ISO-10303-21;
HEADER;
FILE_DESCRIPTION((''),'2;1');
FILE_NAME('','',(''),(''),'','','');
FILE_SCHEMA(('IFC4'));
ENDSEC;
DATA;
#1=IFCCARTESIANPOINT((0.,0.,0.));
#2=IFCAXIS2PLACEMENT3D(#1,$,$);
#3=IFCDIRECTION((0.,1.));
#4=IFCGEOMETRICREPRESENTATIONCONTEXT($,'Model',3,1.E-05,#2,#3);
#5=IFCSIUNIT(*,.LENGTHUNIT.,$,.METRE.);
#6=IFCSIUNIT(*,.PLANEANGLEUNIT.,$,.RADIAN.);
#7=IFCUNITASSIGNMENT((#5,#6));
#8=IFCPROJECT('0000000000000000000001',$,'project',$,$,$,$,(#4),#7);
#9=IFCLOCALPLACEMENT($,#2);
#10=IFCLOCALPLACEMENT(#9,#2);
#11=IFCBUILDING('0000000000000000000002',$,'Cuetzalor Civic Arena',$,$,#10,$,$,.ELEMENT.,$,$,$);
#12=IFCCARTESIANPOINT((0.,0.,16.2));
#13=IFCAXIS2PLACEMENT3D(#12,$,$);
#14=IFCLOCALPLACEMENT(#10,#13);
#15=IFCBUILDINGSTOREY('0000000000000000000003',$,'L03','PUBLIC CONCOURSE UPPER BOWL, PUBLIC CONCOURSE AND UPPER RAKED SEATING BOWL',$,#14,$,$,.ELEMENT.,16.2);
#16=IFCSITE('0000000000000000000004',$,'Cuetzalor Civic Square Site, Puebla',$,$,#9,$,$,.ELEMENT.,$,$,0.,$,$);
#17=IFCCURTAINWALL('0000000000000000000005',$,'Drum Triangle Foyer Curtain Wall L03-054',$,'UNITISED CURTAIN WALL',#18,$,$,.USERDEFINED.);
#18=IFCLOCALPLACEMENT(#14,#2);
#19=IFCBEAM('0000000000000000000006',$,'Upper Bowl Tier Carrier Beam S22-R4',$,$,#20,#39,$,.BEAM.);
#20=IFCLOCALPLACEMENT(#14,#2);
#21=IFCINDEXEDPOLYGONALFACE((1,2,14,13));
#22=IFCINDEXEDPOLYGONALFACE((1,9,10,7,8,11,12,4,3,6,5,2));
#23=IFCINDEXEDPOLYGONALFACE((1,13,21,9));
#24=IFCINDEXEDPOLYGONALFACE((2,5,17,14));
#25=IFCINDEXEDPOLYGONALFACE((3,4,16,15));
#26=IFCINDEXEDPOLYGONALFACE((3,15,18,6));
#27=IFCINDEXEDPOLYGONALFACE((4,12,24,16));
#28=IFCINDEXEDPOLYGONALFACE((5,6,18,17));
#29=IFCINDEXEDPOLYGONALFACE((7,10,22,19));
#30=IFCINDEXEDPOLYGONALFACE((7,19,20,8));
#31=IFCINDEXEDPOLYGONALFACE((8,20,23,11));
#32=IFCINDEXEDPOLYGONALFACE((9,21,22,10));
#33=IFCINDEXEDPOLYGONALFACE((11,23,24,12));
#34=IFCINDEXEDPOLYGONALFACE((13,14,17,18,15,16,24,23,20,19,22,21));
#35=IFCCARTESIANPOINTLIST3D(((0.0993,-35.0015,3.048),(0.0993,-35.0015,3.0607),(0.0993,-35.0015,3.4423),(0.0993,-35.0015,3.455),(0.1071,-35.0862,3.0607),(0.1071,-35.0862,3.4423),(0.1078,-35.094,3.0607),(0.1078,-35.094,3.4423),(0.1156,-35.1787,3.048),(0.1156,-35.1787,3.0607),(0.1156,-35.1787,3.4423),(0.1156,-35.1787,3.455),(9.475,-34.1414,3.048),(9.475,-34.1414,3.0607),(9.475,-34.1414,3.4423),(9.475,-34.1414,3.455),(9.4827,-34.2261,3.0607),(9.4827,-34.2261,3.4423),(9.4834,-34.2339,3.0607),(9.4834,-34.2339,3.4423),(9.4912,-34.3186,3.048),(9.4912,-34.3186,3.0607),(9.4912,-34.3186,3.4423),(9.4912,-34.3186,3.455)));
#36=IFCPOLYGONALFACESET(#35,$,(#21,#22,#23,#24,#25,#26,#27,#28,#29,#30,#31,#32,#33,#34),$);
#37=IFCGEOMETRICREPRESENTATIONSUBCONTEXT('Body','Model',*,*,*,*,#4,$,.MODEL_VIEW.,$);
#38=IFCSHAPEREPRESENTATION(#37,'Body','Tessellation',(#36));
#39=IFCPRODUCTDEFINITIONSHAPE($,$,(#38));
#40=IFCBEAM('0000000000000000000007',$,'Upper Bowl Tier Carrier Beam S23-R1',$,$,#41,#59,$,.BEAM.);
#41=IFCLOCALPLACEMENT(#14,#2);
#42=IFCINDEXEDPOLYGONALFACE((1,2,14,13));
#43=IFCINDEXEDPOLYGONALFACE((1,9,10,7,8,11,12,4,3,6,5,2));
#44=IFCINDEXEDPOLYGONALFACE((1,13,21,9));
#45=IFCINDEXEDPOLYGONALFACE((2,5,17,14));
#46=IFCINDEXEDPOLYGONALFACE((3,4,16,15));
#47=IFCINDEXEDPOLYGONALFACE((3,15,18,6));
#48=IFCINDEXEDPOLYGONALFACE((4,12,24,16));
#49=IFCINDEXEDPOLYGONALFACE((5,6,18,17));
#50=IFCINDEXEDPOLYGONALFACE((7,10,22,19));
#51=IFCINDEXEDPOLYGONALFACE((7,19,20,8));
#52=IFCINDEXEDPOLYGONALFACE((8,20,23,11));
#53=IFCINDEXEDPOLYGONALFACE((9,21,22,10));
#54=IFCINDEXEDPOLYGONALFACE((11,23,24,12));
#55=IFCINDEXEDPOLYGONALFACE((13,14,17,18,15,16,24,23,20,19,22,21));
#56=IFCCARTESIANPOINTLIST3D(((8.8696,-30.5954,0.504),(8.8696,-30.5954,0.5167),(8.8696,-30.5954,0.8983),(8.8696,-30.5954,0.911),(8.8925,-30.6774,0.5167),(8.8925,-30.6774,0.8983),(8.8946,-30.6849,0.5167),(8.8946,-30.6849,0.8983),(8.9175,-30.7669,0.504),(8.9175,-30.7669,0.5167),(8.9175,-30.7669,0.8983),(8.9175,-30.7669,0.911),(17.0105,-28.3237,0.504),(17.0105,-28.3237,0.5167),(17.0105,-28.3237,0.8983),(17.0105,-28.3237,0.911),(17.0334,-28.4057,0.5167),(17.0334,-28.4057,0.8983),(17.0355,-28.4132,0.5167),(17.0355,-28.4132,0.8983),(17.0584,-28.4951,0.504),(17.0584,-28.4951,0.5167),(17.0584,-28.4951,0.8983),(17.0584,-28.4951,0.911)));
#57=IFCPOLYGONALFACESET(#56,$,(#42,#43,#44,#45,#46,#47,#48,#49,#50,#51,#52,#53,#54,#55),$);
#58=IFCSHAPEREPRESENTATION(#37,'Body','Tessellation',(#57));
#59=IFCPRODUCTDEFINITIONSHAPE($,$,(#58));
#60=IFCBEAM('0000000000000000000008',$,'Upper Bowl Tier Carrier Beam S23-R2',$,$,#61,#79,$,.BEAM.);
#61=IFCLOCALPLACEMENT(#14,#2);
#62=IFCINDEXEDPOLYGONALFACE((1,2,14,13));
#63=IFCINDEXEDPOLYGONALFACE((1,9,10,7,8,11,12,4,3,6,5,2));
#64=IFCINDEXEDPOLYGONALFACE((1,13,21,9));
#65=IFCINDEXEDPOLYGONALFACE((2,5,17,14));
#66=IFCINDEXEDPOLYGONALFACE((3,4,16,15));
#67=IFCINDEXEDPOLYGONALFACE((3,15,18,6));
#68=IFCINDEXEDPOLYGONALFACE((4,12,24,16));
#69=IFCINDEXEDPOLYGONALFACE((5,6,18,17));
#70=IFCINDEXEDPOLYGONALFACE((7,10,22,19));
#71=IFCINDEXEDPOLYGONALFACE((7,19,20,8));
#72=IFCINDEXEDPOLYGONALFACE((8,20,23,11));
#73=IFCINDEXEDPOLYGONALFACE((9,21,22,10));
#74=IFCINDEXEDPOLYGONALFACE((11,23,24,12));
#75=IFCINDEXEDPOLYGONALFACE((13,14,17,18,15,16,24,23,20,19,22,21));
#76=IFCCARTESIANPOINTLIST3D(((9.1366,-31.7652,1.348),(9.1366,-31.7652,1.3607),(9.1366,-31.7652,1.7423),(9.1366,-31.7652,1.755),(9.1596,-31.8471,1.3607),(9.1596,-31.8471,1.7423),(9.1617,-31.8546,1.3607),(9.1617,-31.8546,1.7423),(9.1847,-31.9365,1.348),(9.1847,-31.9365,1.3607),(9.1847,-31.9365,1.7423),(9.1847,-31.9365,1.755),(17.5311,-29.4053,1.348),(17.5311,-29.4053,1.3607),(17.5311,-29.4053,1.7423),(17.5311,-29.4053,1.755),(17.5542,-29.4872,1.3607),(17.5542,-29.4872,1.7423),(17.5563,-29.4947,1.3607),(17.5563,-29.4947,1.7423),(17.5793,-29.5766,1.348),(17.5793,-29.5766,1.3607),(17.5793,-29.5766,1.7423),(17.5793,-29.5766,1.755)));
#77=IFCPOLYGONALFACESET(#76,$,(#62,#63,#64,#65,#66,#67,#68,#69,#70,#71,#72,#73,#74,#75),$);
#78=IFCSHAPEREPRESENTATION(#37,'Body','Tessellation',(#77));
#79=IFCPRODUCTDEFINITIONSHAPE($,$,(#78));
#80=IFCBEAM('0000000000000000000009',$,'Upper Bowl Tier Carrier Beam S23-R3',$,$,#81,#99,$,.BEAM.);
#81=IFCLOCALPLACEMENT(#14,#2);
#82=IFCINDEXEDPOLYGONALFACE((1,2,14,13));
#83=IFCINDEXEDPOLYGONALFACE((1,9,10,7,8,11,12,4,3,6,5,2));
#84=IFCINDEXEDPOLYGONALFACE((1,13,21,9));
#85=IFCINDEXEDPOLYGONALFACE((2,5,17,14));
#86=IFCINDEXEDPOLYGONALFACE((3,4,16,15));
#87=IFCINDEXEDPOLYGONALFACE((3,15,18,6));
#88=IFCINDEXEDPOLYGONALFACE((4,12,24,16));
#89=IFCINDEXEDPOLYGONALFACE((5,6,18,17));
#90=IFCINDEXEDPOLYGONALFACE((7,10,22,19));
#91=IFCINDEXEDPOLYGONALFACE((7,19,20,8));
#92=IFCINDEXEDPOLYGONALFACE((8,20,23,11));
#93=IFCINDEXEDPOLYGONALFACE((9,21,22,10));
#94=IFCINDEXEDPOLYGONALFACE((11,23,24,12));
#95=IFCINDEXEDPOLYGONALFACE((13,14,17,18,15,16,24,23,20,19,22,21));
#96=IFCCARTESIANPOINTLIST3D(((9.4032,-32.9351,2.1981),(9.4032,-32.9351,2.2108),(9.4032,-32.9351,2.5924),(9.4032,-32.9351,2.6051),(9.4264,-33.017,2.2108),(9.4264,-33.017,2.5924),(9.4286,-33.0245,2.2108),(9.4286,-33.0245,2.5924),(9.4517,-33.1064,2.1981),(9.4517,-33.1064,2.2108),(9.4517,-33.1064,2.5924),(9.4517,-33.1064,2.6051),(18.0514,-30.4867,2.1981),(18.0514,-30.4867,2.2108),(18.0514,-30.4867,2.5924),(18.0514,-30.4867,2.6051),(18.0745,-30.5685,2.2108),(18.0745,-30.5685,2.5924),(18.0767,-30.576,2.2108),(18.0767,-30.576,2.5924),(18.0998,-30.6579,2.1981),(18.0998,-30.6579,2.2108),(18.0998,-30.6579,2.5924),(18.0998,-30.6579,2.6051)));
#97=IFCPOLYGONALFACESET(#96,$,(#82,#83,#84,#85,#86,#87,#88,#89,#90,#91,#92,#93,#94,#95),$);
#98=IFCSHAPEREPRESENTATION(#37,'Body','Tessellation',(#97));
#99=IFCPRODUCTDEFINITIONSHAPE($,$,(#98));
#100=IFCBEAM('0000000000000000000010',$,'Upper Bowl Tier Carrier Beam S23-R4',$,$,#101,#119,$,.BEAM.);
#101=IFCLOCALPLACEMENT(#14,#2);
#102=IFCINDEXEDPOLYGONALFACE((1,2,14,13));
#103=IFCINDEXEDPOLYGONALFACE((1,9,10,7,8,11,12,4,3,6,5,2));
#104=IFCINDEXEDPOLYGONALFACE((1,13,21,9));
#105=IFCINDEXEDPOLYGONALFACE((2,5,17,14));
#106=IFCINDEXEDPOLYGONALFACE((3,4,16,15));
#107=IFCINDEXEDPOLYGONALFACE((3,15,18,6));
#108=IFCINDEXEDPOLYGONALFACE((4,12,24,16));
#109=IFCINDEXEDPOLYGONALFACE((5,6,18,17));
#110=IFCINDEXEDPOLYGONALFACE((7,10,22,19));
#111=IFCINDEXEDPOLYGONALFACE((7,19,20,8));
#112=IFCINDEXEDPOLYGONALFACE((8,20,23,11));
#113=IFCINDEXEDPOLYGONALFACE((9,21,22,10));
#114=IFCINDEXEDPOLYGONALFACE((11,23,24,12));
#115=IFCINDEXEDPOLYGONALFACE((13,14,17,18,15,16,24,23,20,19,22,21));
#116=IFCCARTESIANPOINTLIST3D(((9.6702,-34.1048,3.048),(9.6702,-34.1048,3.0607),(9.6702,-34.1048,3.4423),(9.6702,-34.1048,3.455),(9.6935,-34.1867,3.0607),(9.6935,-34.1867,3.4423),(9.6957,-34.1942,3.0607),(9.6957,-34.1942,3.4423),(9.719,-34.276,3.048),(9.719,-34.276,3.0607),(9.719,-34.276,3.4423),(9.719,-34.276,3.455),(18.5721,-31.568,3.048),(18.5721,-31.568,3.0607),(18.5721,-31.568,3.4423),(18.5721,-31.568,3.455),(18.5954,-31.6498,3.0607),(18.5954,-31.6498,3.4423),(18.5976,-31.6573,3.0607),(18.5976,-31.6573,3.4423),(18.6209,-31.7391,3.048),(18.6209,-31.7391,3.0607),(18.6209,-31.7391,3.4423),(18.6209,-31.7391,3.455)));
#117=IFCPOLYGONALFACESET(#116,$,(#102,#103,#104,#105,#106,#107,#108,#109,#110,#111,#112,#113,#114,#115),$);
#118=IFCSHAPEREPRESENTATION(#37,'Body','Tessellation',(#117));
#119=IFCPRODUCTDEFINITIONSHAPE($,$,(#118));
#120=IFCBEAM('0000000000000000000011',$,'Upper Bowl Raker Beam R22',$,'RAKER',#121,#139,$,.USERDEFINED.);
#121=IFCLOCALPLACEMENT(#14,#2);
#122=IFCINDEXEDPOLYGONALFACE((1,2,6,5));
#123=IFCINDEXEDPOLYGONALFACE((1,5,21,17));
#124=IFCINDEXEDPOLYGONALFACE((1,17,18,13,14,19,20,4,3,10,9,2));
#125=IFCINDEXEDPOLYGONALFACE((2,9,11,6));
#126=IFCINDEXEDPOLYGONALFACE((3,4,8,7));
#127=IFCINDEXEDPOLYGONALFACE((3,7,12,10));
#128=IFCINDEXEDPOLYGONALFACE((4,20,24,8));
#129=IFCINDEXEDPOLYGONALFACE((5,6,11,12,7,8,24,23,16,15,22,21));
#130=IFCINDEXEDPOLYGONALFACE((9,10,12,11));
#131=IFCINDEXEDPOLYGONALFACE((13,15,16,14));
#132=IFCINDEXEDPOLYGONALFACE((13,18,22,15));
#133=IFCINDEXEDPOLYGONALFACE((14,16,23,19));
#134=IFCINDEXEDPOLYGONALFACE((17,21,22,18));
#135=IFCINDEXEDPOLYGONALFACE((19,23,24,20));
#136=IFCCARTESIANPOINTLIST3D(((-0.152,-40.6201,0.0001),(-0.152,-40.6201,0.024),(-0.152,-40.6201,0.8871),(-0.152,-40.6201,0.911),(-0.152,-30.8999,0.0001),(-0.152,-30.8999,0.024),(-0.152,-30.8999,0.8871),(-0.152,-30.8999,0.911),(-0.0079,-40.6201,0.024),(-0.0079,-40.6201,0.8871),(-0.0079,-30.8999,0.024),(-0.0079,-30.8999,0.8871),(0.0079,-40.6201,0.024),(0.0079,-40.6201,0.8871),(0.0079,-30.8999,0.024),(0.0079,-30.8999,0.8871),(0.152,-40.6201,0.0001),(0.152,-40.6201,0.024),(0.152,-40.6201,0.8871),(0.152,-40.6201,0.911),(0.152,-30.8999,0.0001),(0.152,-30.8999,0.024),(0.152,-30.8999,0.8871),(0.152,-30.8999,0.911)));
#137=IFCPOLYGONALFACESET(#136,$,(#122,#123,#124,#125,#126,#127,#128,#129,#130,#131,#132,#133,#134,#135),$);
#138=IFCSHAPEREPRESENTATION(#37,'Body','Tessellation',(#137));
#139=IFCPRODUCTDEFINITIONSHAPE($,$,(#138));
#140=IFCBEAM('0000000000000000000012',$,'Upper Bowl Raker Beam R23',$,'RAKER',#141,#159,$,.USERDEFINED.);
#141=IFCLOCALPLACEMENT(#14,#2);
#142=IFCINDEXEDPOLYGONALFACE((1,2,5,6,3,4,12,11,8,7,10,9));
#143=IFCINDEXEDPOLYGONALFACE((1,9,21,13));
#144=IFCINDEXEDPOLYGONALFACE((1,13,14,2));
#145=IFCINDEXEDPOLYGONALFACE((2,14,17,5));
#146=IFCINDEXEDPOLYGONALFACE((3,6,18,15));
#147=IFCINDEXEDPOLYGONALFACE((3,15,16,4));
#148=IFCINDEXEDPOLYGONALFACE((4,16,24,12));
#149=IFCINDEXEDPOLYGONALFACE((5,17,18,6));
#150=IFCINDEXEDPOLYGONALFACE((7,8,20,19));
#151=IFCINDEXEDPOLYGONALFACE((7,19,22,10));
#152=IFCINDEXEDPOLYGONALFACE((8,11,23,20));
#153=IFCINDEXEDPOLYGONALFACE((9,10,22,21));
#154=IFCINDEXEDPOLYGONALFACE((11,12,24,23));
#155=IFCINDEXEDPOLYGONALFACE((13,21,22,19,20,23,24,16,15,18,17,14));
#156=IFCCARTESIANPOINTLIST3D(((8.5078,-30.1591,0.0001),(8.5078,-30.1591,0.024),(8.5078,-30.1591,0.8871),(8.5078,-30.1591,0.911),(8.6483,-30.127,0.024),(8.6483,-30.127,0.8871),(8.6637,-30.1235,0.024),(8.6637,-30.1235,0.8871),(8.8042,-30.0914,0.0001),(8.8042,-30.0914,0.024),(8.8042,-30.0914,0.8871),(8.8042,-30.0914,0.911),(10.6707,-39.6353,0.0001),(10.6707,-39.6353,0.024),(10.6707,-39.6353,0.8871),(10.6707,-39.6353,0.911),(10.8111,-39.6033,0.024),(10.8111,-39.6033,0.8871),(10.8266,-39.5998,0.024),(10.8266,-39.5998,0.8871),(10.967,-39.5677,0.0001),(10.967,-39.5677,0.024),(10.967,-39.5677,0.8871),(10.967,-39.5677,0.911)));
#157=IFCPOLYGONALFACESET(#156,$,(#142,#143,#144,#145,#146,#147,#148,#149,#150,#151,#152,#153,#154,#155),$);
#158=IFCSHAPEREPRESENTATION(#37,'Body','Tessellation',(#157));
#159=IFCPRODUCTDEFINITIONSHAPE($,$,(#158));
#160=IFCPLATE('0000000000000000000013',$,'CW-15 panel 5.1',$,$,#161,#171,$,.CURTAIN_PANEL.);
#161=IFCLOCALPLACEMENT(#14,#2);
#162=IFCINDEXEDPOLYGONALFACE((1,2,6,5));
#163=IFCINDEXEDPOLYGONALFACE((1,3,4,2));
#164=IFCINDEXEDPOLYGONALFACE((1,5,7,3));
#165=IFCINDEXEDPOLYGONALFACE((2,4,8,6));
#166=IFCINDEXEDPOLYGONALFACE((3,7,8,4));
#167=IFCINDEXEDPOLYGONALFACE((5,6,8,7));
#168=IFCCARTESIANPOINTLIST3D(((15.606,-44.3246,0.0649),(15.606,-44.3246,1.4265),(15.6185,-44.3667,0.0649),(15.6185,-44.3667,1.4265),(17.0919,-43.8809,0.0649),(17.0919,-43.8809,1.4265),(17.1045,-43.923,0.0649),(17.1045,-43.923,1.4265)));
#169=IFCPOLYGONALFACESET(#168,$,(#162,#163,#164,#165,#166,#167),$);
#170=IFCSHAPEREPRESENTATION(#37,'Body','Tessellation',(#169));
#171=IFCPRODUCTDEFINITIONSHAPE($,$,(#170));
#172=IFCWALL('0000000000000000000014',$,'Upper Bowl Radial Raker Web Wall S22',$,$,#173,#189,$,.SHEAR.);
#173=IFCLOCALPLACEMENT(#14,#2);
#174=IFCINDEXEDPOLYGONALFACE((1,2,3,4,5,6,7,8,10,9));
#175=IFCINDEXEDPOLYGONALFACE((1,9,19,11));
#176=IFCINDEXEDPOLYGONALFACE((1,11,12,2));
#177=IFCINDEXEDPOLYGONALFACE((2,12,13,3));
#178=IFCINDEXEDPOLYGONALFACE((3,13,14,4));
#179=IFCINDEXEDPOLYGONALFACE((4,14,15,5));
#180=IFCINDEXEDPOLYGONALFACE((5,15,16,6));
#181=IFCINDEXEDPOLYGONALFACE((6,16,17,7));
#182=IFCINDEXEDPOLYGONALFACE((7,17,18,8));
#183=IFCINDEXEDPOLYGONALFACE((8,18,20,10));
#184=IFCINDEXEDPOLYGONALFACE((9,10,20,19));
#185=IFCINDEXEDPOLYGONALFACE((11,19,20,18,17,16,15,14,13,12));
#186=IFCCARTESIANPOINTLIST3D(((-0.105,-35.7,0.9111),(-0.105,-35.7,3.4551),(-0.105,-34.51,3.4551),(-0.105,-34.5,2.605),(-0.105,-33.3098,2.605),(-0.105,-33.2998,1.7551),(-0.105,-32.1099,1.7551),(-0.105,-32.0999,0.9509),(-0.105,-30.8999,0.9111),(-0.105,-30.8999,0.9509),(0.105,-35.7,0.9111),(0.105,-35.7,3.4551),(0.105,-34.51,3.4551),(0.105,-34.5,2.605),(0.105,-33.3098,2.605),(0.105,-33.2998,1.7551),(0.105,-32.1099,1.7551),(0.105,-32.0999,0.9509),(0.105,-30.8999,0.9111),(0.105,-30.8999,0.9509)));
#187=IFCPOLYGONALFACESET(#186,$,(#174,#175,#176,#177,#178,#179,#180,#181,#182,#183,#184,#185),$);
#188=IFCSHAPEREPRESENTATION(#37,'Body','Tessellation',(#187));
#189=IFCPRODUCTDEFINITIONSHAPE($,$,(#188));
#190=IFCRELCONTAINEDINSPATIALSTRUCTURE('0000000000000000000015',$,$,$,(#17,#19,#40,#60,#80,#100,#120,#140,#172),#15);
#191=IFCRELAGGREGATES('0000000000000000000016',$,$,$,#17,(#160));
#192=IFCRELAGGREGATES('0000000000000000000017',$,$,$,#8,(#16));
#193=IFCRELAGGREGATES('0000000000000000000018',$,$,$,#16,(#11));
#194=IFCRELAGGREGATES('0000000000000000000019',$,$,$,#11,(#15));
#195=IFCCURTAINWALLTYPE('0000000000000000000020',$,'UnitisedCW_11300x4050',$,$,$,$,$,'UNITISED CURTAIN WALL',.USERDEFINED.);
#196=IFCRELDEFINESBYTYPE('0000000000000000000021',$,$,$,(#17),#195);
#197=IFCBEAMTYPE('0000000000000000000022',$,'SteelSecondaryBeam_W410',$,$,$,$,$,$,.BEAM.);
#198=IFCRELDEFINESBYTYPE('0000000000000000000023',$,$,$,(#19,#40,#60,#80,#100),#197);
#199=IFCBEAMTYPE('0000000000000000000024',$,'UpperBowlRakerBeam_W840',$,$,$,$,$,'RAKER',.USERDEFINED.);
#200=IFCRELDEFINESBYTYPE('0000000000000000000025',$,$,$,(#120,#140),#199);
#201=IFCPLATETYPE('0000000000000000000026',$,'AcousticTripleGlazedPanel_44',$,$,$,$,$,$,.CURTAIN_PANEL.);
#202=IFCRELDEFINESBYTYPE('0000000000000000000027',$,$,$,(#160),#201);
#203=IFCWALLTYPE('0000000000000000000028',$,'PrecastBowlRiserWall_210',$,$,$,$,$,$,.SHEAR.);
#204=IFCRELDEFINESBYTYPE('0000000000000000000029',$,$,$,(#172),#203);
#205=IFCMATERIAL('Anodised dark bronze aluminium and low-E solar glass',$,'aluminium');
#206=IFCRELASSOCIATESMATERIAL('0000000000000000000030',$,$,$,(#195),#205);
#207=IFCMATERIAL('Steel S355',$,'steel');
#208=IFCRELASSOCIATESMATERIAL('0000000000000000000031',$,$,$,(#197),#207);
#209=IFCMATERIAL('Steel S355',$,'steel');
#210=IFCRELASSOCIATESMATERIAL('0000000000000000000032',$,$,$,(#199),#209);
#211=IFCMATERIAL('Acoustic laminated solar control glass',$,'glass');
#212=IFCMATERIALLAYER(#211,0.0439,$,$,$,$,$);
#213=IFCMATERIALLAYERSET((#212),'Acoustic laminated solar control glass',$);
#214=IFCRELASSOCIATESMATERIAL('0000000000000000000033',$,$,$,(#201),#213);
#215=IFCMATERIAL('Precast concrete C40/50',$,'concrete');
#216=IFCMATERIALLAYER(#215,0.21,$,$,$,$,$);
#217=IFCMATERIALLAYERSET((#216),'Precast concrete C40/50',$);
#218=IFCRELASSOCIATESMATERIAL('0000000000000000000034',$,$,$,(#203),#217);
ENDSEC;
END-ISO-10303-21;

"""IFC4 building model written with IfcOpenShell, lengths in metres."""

from ifc_helpers import new_model, si_unit, direction, frame, origin, origin_2d, place, context, subcontext, project, spatial, polyline, rectangle, i_section, outline, extrude, material, layer, layer_set, material_profile, profile_set, type_object, element, aggregate, save


model = new_model("IFC4")

# Units and contexts
model_context = context("Model", 3, precision=1e-05, world=origin(), true_north=direction((0.0, 1.0)))
body_context = subcontext(model_context, "Body", "Model", "MODEL_VIEW")
ifc_project = project(units=[si_unit("LENGTHUNIT", "METRE"), si_unit("PLANEANGLEUNIT", "RADIAN")], contexts=[model_context])

# Site, building, storey
site_placement = place(None, origin())
site = spatial("IfcSite", under=ifc_project, at=site_placement, Name="Cuetzalor Civic Square Site, Puebla", CompositionType="ELEMENT", RefElevation=0.0)
building_placement = place(site_placement, origin())
building = spatial("IfcBuilding", under=site, at=building_placement, Name="Cuetzalor Civic Arena", CompositionType="ELEMENT")
storey_placement = place(building_placement, frame((0.0, 0.0, 16.2)))
storey = spatial("IfcBuildingStorey", under=building, at=storey_placement, Name="L03", Description="PUBLIC CONCOURSE UPPER BOWL, PUBLIC CONCOURSE AND UPPER RAKED SEATING BOWL", CompositionType="ELEMENT", Elevation=16.2)

# Curtain wall
ifc_material_1 = material(Name="Anodised dark bronze aluminium and low-E solar glass", Category="aluminium")
curtain_wall_type = type_object("IfcCurtainWallType", Name="UnitisedCW_11300x4050", ElementType="UNITISED CURTAIN WALL", PredefinedType="USERDEFINED", material=ifc_material_1)
curtain_wall_placement = place(storey_placement, origin())
curtain_wall = element("IfcCurtainWall", 1, at=curtain_wall_placement, inside=storey, type_object=curtain_wall_type, Name="Drum Triangle Foyer Curtain Wall L03-054", ObjectType="UNITISED CURTAIN WALL", PredefinedType="USERDEFINED")

# Beams
ifc_material_2 = material(Name="Steel S355", Category="steel")
ifc_material_profile_1 = material_profile(ifc_material_2, i_section(OverallWidth=0.178, OverallDepth=0.407, WebThickness=0.0078, FlangeThickness=0.0127, at=origin_2d()), Name="W410x60")
ifc_profile_set_1 = profile_set([ifc_material_profile_1], Name="Steel S355")
beam_type_1 = type_object("IfcBeamType", Name="SteelSecondaryBeam_W410", PredefinedType="BEAM", material=ifc_profile_set_1)
beam_1_placement = place(storey_placement, frame((0.1074, -35.0901, 3.2515), z_axis=(0.995818, 0.091354, 0.0), x_axis=(-0.091354, 0.995818, 0.0)))
element("IfcBeam", 2, at=beam_1_placement, inside=storey, type_object=beam_type_1, Name="Upper Bowl Tier Carrier Beam S22-R4", PredefinedType="BEAM", context=body_context, shape_type="SweptSolid", body=[
    extrude(i_section(OverallWidth=0.178, OverallDepth=0.407, WebThickness=0.0078, FlangeThickness=0.0127, at=origin_2d()), origin(), (0.0, 0.0, 1.0), 9.415),
])
beam_2_placement = place(storey_placement, frame((8.8936, -30.6812, 0.7075), z_axis=(0.963201, 0.268783, 0.0), x_axis=(-0.268783, 0.963201, 0.0)))
element("IfcBeam", 3, at=beam_2_placement, inside=storey, type_object=beam_type_1, Name="Upper Bowl Tier Carrier Beam S23-R1", PredefinedType="BEAM", context=body_context, shape_type="SweptSolid", body=[
    extrude(i_section(OverallWidth=0.178, OverallDepth=0.407, WebThickness=0.0078, FlangeThickness=0.0127, at=origin_2d()), origin(), (0.0, 0.0, 1.0), 8.4519),
])
beam_3_placement = place(storey_placement, frame((9.1606, -31.8508, 1.5515), z_axis=(0.962684, 0.270629, 0.0), x_axis=(-0.270629, 0.962684, 0.0)))
element("IfcBeam", 4, at=beam_3_placement, inside=storey, type_object=beam_type_1, Name="Upper Bowl Tier Carrier Beam S23-R2", PredefinedType="BEAM", context=body_context, shape_type="SweptSolid", body=[
    extrude(i_section(OverallWidth=0.178, OverallDepth=0.407, WebThickness=0.0078, FlangeThickness=0.0127, at=origin_2d()), origin(), (0.0, 0.0, 1.0), 8.72),
])
beam_4_placement = place(storey_placement, frame((9.4275, -33.0208, 2.4016), z_axis=(0.96218, 0.272414, 0.0), x_axis=(-0.272414, 0.96218, 0.0)))
element("IfcBeam", 5, at=beam_4_placement, inside=storey, type_object=beam_type_1, Name="Upper Bowl Tier Carrier Beam S23-R3", PredefinedType="BEAM", context=body_context, shape_type="SweptSolid", body=[
    extrude(i_section(OverallWidth=0.178, OverallDepth=0.407, WebThickness=0.0078, FlangeThickness=0.0127, at=origin_2d()), origin(), (0.0, 0.0, 1.0), 8.988),
])
beam_5_placement = place(storey_placement, frame((9.6946, -34.1904, 3.2515), z_axis=(0.96171, 0.27407, 0.0), x_axis=(-0.27407, 0.96171, 0.0)))
element("IfcBeam", 6, at=beam_5_placement, inside=storey, type_object=beam_type_1, Name="Upper Bowl Tier Carrier Beam S23-R4", PredefinedType="BEAM", context=body_context, shape_type="SweptSolid", body=[
    extrude(i_section(OverallWidth=0.178, OverallDepth=0.407, WebThickness=0.0078, FlangeThickness=0.0127, at=origin_2d()), origin(), (0.0, 0.0, 1.0), 9.2563),
])
ifc_material_3 = material(Name="Steel S355", Category="steel")
ifc_material_profile_2 = material_profile(ifc_material_3, i_section(OverallWidth=0.304, OverallDepth=0.9109, WebThickness=0.0159, FlangeThickness=0.0239, at=origin_2d()), Name="W920x223")
ifc_profile_set_2 = profile_set([ifc_material_profile_2], Name="Steel S355")
beam_type_2 = type_object("IfcBeamType", Name="UpperBowlRakerBeam_W840", ElementType="RAKER", PredefinedType="USERDEFINED", material=ifc_profile_set_2)
beam_6_placement = place(storey_placement, frame((0.0, -30.8999, 0.4556), z_axis=(0.0, -1.0, 0.0), x_axis=(1.0, 0.0, 0.0)))
element("IfcBeam", 7, at=beam_6_placement, inside=storey, type_object=beam_type_2, Name="Upper Bowl Raker Beam R22", ObjectType="RAKER", PredefinedType="USERDEFINED", context=body_context, shape_type="SweptSolid", body=[
    extrude(i_section(OverallWidth=0.304, OverallDepth=0.9109, WebThickness=0.0159, FlangeThickness=0.0239, at=origin_2d()), origin(), (0.0, 0.0, 1.0), 9.7202),
])
beam_7_placement = place(storey_placement, frame((8.656, -30.1252, 0.4556), z_axis=(0.222514, -0.974929, 0.0), x_axis=(0.974929, 0.222514, 0.0)))
element("IfcBeam", 8, at=beam_7_placement, inside=storey, type_object=beam_type_2, Name="Upper Bowl Raker Beam R23", ObjectType="RAKER", PredefinedType="USERDEFINED", context=body_context, shape_type="SweptSolid", body=[
    extrude(i_section(OverallWidth=0.304, OverallDepth=0.9109, WebThickness=0.0159, FlangeThickness=0.0239, at=origin_2d()), origin(), (0.0, 0.0, 1.0), 9.72),
])

# Plate
ifc_material_4 = material(Name="Acoustic laminated solar control glass", Category="glass")
ifc_layer_1 = layer(ifc_material_4, 0.0439)
ifc_layer_set_1 = layer_set([ifc_layer_1], Name="Acoustic laminated solar control glass")
plate_type = type_object("IfcPlateType", Name="AcousticTripleGlazedPanel_44", PredefinedType="CURTAIN_PANEL", material=ifc_layer_set_1)
plate_placement = place(storey_placement, frame((16.3552, -44.1238, 0.0649), z_axis=(0.0, 0.0, 1.0), x_axis=(-0.958194, -0.28612, 0.0)))
plate = element("IfcPlate", 9, at=plate_placement, type_object=plate_type, Name="CW-15 panel 5.1", PredefinedType="CURTAIN_PANEL", context=body_context, shape_type="SweptSolid", body=[
    extrude(rectangle(XDim=1.5508, YDim=0.0439, at=origin_2d()), origin(), (0.0, 0.0, 1.0), 1.3616),
])
aggregate(curtain_wall, [plate])

# Wall
ifc_material_5 = material(Name="Precast concrete C40/50", Category="concrete")
ifc_layer_2 = layer(ifc_material_5, 0.21)
ifc_layer_set_2 = layer_set([ifc_layer_2], Name="Precast concrete C40/50")
wall_type = type_object("IfcWallType", Name="PrecastBowlRiserWall_210", PredefinedType="SHEAR", material=ifc_layer_set_2)
wall_1_placement = place(storey_placement, frame((0.0, -30.8999, 0.9111), z_axis=(0.0, 0.0, 1.0), x_axis=(0.0, -1.0, 0.0)))
element("IfcWall", 10, at=wall_1_placement, inside=storey, type_object=wall_type, Name="Upper Bowl Radial Raker Web Wall S22", PredefinedType="SHEAR", context=body_context, shape_type="SweptSolid", body=[
    extrude(outline(polyline([(0.0, 0.0), (4.8, 0.0), (4.8, 2.5439), (3.6101, 2.5439), (3.6001, 1.6938), (2.4099, 1.6938), (2.3999, 0.844), (1.21, 0.844), (1.2, 0.0398), (0.0, 0.0398), (0.0, 0.0)])), frame((0.0, 0.105, 0.0), z_axis=(0.0, -1.0, 0.0), x_axis=(1.0, 0.0, 0.0)), (0.0, 0.0, 1.0), 0.21),
])

save(model, "model.ifc")
